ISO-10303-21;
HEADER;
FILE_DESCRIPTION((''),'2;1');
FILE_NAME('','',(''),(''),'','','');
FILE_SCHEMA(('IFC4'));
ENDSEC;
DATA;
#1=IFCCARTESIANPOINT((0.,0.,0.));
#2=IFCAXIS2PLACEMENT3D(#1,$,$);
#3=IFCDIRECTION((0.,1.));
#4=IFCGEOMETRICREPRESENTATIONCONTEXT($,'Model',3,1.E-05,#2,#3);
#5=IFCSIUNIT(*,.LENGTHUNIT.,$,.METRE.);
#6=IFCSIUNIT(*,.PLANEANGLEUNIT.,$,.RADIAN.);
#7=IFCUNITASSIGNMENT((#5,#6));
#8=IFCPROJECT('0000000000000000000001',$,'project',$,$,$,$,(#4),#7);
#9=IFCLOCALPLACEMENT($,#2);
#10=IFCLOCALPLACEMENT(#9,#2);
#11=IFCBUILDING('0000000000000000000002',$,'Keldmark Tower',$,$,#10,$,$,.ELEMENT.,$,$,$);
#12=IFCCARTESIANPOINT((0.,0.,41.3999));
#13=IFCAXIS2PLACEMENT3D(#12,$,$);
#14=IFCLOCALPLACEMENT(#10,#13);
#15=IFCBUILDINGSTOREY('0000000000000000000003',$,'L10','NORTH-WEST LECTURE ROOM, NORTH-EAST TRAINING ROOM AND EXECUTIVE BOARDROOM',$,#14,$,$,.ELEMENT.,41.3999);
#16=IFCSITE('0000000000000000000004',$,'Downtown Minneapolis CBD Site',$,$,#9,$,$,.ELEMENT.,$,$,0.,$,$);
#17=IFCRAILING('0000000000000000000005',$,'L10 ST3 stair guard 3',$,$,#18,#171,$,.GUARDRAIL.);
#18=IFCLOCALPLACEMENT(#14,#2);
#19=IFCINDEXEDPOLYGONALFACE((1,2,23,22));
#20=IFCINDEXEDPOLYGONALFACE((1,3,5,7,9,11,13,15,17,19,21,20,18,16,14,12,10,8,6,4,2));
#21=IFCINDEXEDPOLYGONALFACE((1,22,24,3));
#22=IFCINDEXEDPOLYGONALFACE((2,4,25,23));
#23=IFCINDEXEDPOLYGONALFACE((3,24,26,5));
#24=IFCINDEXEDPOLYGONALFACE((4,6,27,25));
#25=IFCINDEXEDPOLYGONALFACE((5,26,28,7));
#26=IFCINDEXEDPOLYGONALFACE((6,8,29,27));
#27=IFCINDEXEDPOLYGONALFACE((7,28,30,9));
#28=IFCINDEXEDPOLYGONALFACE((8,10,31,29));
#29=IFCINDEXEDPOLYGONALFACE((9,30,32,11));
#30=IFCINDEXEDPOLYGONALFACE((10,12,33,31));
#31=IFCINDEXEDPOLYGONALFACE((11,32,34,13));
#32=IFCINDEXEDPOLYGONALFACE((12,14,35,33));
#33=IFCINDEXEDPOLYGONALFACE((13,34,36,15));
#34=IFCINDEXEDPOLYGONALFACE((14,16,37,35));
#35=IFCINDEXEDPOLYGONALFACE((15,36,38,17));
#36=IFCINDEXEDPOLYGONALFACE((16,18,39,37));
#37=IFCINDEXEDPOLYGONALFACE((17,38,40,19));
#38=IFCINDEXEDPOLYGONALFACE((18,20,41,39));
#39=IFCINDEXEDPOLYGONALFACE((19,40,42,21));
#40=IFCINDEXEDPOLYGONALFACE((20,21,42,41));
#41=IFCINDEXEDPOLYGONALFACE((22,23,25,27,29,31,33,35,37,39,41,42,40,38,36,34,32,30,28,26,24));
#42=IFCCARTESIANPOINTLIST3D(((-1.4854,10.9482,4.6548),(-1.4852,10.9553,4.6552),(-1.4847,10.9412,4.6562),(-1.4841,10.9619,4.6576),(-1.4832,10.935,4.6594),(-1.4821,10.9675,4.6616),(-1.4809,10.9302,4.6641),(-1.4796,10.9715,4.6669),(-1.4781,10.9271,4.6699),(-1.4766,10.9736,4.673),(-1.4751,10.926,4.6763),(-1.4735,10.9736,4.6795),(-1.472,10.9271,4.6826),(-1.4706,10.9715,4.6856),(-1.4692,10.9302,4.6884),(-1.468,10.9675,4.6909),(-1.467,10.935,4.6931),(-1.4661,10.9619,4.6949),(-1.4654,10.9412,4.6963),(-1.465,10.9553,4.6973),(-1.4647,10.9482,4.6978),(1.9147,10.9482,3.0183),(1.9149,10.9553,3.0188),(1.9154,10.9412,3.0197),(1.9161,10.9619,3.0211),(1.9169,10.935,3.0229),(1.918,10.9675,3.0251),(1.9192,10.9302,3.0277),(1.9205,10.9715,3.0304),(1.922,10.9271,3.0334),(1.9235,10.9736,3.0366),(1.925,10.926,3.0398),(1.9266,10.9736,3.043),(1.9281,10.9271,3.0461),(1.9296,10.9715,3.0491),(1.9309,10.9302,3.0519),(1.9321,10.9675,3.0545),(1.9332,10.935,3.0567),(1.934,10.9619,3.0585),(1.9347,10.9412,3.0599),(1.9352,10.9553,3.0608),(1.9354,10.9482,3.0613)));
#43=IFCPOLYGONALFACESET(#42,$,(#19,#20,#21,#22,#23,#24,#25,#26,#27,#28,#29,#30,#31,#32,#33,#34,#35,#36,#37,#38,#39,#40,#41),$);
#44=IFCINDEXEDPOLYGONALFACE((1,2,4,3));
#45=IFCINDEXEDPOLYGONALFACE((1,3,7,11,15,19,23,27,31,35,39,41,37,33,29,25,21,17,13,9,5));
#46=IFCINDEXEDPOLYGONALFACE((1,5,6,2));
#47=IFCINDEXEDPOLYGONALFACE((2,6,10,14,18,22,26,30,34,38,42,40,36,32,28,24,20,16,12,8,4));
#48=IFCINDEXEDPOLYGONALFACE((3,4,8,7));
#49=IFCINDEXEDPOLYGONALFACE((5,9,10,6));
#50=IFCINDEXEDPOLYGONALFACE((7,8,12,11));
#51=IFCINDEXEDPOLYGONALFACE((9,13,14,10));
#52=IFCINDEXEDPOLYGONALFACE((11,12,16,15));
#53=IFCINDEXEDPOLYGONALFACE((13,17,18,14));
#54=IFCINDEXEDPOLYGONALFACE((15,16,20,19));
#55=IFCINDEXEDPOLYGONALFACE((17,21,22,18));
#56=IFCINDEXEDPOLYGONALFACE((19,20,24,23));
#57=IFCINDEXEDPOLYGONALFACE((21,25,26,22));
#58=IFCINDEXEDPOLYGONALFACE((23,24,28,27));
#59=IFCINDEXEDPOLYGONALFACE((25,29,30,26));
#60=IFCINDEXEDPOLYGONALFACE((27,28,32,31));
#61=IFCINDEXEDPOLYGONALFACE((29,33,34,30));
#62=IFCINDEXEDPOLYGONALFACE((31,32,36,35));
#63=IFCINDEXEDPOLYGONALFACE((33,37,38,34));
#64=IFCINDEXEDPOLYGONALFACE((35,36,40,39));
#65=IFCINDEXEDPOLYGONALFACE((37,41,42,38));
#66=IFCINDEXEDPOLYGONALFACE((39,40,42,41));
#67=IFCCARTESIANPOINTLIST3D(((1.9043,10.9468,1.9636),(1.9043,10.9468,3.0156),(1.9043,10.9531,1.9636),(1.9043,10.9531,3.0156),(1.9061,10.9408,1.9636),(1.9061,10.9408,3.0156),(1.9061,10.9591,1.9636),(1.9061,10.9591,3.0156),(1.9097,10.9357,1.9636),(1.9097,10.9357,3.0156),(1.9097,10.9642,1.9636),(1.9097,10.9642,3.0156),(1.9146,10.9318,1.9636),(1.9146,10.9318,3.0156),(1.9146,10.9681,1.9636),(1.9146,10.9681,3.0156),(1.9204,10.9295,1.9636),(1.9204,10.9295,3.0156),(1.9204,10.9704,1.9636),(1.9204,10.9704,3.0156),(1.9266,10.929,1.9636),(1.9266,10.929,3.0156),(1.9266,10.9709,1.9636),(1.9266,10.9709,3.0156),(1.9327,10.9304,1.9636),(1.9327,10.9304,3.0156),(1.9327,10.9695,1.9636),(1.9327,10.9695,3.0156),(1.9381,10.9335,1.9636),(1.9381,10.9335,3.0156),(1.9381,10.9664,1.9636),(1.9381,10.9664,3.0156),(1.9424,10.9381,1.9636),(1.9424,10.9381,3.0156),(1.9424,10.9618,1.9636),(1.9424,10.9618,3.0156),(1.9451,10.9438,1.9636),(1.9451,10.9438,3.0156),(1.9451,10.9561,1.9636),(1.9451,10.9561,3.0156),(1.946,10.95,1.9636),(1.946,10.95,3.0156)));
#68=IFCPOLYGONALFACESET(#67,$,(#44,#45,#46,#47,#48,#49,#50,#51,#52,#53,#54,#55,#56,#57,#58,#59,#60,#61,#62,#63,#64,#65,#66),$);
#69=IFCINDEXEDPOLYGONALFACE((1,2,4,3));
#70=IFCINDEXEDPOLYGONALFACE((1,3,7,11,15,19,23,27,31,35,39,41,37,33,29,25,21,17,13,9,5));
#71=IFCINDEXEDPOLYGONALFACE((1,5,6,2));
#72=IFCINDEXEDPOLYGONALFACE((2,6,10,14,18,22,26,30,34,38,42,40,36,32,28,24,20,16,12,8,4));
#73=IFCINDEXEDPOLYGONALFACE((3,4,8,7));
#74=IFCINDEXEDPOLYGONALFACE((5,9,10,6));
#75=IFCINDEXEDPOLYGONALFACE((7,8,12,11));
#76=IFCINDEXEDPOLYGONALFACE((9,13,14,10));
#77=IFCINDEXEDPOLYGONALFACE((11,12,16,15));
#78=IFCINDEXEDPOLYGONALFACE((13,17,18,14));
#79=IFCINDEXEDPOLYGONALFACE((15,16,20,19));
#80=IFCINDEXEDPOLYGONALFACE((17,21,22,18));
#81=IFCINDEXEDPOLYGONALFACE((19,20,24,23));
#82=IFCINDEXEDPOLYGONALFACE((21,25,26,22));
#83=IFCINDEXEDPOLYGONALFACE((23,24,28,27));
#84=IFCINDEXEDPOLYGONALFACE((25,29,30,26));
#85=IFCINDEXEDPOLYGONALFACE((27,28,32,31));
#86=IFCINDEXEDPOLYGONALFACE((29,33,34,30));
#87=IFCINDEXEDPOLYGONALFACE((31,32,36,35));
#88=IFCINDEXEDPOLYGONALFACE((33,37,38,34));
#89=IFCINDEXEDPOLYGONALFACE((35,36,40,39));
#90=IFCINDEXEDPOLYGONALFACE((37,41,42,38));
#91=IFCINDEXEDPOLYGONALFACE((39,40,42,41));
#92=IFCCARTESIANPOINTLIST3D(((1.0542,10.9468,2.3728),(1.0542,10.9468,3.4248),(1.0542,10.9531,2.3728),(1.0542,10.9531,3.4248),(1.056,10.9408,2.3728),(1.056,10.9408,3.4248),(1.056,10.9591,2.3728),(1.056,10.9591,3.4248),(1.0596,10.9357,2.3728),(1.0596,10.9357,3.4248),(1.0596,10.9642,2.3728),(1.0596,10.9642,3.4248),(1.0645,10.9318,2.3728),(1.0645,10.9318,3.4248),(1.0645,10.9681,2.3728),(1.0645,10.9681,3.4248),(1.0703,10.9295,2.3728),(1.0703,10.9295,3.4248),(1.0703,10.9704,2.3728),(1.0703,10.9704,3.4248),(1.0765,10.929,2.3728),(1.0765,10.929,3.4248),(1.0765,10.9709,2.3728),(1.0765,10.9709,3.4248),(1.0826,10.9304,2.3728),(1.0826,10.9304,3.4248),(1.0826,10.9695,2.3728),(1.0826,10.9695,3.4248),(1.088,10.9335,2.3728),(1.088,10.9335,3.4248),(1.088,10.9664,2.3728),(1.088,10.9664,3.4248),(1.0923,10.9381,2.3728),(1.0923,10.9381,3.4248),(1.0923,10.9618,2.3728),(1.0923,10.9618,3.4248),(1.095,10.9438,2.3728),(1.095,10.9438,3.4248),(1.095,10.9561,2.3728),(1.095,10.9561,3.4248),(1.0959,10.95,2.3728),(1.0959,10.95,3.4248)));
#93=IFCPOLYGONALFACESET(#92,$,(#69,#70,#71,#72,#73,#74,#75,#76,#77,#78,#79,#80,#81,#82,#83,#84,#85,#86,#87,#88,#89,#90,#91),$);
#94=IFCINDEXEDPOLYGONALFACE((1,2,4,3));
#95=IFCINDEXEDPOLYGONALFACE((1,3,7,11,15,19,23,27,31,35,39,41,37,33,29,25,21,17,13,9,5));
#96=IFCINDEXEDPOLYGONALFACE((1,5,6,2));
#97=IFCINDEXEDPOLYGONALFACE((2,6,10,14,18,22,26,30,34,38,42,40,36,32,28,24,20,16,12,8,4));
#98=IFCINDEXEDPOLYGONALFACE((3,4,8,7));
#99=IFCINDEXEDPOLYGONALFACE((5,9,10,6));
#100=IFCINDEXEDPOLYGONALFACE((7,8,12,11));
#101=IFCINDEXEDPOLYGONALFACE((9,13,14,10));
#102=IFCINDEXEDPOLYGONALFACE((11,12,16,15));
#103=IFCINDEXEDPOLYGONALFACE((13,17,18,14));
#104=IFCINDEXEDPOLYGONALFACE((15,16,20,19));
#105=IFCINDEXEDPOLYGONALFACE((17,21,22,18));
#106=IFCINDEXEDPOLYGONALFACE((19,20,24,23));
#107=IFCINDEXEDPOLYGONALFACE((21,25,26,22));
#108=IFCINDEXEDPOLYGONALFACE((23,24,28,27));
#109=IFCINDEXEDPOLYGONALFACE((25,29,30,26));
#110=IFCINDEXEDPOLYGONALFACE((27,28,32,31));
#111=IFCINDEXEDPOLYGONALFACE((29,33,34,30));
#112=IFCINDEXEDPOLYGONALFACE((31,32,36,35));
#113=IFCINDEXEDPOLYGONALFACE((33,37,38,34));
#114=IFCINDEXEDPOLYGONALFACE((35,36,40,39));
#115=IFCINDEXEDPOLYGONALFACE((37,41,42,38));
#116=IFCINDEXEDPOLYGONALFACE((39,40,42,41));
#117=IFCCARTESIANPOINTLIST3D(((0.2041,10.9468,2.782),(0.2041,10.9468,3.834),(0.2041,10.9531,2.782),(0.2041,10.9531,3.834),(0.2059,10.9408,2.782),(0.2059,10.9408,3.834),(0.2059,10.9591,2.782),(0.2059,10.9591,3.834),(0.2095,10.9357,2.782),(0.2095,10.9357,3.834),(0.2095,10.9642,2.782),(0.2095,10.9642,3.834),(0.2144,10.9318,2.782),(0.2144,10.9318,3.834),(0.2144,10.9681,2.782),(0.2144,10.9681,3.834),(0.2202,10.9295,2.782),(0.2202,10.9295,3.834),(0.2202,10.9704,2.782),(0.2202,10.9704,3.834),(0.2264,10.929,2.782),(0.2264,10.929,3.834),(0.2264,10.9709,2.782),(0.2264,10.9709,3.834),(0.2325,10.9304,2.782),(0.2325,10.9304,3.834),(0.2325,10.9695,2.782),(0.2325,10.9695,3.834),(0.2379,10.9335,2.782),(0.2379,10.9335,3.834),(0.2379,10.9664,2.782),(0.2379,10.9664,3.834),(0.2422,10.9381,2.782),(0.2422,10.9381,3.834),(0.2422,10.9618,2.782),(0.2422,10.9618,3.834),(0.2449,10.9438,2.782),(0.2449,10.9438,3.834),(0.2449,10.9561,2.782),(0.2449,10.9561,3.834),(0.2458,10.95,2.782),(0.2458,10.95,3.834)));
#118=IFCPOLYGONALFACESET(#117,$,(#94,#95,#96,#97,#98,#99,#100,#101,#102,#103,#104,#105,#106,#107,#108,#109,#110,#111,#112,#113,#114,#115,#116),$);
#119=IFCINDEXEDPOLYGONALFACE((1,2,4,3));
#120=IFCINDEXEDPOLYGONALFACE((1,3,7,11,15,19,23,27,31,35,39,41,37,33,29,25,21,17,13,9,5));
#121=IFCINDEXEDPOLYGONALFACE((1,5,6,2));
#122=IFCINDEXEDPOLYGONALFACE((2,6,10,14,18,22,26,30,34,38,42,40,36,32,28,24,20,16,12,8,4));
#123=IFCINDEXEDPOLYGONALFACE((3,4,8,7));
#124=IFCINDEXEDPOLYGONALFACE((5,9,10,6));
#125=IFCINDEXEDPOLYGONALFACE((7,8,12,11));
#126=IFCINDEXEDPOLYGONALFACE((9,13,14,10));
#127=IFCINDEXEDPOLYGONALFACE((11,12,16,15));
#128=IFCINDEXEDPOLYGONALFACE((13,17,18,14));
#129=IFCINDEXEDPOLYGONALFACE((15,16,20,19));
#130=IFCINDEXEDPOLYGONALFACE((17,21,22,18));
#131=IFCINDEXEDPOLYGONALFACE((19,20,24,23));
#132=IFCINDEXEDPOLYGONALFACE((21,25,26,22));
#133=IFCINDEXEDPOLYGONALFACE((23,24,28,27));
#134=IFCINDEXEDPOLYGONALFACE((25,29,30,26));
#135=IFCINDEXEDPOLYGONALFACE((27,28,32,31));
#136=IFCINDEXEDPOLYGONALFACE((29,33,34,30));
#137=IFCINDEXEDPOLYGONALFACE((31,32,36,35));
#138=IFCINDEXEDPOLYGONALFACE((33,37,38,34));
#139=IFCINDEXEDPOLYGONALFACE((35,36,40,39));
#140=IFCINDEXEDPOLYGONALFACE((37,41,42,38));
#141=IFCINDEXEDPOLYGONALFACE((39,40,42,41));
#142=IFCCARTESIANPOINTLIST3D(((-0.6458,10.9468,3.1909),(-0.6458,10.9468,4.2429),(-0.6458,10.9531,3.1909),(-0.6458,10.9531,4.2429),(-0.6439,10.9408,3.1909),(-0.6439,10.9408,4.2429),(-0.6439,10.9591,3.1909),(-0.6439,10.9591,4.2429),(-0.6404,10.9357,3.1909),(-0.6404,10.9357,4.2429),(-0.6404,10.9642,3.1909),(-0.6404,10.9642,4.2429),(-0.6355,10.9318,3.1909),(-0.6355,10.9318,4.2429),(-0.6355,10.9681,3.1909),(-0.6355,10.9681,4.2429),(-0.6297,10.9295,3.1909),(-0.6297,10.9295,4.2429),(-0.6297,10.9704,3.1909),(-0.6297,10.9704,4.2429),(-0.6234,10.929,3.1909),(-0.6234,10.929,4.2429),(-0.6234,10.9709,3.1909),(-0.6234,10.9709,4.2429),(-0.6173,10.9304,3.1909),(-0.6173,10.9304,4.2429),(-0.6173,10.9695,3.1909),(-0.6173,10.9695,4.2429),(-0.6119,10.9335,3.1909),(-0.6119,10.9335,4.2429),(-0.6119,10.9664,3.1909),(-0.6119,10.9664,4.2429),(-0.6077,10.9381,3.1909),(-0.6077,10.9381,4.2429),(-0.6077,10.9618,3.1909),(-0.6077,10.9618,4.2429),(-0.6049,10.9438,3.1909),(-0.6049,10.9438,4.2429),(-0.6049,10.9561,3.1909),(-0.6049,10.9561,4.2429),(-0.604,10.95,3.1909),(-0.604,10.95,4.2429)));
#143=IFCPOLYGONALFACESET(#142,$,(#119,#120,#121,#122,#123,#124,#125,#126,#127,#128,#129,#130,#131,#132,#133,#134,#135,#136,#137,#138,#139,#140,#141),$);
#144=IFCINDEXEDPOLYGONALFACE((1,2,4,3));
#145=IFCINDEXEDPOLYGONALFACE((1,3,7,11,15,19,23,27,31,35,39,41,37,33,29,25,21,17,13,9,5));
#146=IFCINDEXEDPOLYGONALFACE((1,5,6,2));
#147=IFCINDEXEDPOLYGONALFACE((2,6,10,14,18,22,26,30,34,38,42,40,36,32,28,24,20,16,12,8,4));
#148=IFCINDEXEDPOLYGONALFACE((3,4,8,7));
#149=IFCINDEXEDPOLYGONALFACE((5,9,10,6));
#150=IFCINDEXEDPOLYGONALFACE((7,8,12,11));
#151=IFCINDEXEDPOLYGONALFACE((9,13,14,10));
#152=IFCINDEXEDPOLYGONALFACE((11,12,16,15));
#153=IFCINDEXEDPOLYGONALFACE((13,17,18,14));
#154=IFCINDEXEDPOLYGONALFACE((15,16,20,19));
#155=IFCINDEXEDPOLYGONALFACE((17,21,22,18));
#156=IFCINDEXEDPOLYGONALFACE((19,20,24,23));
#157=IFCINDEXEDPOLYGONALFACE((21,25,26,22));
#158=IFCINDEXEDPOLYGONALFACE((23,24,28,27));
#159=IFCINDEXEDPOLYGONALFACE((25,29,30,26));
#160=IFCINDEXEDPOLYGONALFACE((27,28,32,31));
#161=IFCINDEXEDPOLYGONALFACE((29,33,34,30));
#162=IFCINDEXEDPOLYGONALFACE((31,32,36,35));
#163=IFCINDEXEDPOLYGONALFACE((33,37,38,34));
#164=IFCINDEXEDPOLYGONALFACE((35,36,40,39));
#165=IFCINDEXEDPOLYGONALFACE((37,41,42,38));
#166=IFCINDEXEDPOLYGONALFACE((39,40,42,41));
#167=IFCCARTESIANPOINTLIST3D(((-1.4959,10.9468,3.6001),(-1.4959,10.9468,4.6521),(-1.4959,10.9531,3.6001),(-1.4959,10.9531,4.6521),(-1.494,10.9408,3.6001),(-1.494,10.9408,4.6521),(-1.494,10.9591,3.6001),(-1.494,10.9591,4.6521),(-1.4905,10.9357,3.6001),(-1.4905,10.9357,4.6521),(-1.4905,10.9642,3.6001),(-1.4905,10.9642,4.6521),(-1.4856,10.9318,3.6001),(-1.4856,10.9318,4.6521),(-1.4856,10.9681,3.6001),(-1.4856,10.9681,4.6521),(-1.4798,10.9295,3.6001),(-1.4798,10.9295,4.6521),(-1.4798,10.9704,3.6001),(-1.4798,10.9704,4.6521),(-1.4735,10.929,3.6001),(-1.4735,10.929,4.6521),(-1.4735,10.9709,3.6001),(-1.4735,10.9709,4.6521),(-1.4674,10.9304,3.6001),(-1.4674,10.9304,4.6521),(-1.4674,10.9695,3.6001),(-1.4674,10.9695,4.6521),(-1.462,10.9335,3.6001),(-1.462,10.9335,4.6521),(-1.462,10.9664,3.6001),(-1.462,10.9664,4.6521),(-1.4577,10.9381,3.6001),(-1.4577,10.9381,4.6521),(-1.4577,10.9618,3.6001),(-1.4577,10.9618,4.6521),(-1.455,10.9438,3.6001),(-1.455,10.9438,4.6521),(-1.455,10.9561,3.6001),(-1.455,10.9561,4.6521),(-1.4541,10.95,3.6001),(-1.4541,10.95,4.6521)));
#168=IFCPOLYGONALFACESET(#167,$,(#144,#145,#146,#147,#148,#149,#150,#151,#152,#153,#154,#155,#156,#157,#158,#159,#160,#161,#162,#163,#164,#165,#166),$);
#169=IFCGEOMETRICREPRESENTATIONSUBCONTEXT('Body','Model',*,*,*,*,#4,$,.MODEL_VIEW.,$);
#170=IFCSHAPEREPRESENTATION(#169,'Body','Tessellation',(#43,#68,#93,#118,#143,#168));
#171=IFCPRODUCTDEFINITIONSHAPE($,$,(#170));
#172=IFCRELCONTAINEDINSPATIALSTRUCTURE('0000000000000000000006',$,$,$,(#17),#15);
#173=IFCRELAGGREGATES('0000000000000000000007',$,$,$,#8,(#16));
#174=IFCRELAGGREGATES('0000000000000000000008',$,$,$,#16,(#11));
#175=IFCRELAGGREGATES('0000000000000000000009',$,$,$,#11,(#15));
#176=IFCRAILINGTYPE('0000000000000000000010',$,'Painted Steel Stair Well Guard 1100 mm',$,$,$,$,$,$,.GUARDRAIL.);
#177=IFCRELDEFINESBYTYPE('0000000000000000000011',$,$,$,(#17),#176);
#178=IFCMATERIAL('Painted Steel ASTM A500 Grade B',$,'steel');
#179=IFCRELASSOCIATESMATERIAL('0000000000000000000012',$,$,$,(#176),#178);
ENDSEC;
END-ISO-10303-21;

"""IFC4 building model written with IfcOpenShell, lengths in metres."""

from ifc_helpers import new_model, si_unit, direction, frame, origin, origin_2d, place, context, subcontext, project, spatial, circle, extrude, material, type_object, element, save


model = new_model("IFC4")

# Units and contexts
model_context = context("Model", 3, precision=1e-05, world=origin(), true_north=direction((0.0, 1.0)))
body_context = subcontext(model_context, "Body", "Model", "MODEL_VIEW")
ifc_project = project(units=[si_unit("LENGTHUNIT", "METRE"), si_unit("PLANEANGLEUNIT", "RADIAN")], contexts=[model_context])

# Site, building, storey
site_placement = place(None, origin())
site = spatial("IfcSite", under=ifc_project, at=site_placement, Name="Downtown Minneapolis CBD Site", CompositionType="ELEMENT", RefElevation=0.0)
building_placement = place(site_placement, origin())
building = spatial("IfcBuilding", under=site, at=building_placement, Name="Keldmark Tower", CompositionType="ELEMENT")
storey_placement = place(building_placement, frame((0.0, 0.0, 41.3999)))
storey = spatial("IfcBuildingStorey", under=building, at=storey_placement, Name="L10", Description="NORTH-WEST LECTURE ROOM, NORTH-EAST TRAINING ROOM AND EXECUTIVE BOARDROOM", CompositionType="ELEMENT", Elevation=41.3999)

# Railing
ifc_material_1 = material(Name="Painted Steel ASTM A500 Grade B", Category="steel")
railing_type_1 = type_object("IfcRailingType", Name="Painted Steel Stair Well Guard 1100 mm", PredefinedType="GUARDRAIL", material=ifc_material_1)
railing_1_placement = place(storey_placement, frame((1.925, 10.95, 1.9636)))
element("IfcRailing", 1, at=railing_1_placement, inside=storey, type_object=railing_type_1, Name="L10 ST3 stair guard 3", PredefinedType="GUARDRAIL", context=body_context, shape_type="SweptSolid", body=[
    extrude(circle(Radius=0.0239, at=origin_2d()), frame((0.0, 0.0, 1.0762), z_axis=(-0.901067, 0.0, 0.433679), x_axis=(0.0, -1.0, 0.0)), (0.0, 0.0, 1.0), 3.7734),
    extrude(circle(Radius=0.021, at=origin_2d()), origin(), (0.0, 0.0, 1.0), 1.052),
    extrude(circle(Radius=0.021, at=origin_2d()), frame((-0.8501, 0.0, 0.4092)), (0.0, 0.0, 1.0), 1.052),
    extrude(circle(Radius=0.021, at=origin_2d()), frame((-1.7002, 0.0, 0.8184)), (0.0, 0.0, 1.0), 1.052),
    extrude(circle(Radius=0.021, at=origin_2d()), frame((-2.55, 0.0, 1.2273)), (0.0, 0.0, 1.0), 1.052),
    extrude(circle(Radius=0.021, at=origin_2d()), frame((-3.4001, 0.0, 1.6365)), (0.0, 0.0, 1.0), 1.052),
])

save(model, "model.ifc")
